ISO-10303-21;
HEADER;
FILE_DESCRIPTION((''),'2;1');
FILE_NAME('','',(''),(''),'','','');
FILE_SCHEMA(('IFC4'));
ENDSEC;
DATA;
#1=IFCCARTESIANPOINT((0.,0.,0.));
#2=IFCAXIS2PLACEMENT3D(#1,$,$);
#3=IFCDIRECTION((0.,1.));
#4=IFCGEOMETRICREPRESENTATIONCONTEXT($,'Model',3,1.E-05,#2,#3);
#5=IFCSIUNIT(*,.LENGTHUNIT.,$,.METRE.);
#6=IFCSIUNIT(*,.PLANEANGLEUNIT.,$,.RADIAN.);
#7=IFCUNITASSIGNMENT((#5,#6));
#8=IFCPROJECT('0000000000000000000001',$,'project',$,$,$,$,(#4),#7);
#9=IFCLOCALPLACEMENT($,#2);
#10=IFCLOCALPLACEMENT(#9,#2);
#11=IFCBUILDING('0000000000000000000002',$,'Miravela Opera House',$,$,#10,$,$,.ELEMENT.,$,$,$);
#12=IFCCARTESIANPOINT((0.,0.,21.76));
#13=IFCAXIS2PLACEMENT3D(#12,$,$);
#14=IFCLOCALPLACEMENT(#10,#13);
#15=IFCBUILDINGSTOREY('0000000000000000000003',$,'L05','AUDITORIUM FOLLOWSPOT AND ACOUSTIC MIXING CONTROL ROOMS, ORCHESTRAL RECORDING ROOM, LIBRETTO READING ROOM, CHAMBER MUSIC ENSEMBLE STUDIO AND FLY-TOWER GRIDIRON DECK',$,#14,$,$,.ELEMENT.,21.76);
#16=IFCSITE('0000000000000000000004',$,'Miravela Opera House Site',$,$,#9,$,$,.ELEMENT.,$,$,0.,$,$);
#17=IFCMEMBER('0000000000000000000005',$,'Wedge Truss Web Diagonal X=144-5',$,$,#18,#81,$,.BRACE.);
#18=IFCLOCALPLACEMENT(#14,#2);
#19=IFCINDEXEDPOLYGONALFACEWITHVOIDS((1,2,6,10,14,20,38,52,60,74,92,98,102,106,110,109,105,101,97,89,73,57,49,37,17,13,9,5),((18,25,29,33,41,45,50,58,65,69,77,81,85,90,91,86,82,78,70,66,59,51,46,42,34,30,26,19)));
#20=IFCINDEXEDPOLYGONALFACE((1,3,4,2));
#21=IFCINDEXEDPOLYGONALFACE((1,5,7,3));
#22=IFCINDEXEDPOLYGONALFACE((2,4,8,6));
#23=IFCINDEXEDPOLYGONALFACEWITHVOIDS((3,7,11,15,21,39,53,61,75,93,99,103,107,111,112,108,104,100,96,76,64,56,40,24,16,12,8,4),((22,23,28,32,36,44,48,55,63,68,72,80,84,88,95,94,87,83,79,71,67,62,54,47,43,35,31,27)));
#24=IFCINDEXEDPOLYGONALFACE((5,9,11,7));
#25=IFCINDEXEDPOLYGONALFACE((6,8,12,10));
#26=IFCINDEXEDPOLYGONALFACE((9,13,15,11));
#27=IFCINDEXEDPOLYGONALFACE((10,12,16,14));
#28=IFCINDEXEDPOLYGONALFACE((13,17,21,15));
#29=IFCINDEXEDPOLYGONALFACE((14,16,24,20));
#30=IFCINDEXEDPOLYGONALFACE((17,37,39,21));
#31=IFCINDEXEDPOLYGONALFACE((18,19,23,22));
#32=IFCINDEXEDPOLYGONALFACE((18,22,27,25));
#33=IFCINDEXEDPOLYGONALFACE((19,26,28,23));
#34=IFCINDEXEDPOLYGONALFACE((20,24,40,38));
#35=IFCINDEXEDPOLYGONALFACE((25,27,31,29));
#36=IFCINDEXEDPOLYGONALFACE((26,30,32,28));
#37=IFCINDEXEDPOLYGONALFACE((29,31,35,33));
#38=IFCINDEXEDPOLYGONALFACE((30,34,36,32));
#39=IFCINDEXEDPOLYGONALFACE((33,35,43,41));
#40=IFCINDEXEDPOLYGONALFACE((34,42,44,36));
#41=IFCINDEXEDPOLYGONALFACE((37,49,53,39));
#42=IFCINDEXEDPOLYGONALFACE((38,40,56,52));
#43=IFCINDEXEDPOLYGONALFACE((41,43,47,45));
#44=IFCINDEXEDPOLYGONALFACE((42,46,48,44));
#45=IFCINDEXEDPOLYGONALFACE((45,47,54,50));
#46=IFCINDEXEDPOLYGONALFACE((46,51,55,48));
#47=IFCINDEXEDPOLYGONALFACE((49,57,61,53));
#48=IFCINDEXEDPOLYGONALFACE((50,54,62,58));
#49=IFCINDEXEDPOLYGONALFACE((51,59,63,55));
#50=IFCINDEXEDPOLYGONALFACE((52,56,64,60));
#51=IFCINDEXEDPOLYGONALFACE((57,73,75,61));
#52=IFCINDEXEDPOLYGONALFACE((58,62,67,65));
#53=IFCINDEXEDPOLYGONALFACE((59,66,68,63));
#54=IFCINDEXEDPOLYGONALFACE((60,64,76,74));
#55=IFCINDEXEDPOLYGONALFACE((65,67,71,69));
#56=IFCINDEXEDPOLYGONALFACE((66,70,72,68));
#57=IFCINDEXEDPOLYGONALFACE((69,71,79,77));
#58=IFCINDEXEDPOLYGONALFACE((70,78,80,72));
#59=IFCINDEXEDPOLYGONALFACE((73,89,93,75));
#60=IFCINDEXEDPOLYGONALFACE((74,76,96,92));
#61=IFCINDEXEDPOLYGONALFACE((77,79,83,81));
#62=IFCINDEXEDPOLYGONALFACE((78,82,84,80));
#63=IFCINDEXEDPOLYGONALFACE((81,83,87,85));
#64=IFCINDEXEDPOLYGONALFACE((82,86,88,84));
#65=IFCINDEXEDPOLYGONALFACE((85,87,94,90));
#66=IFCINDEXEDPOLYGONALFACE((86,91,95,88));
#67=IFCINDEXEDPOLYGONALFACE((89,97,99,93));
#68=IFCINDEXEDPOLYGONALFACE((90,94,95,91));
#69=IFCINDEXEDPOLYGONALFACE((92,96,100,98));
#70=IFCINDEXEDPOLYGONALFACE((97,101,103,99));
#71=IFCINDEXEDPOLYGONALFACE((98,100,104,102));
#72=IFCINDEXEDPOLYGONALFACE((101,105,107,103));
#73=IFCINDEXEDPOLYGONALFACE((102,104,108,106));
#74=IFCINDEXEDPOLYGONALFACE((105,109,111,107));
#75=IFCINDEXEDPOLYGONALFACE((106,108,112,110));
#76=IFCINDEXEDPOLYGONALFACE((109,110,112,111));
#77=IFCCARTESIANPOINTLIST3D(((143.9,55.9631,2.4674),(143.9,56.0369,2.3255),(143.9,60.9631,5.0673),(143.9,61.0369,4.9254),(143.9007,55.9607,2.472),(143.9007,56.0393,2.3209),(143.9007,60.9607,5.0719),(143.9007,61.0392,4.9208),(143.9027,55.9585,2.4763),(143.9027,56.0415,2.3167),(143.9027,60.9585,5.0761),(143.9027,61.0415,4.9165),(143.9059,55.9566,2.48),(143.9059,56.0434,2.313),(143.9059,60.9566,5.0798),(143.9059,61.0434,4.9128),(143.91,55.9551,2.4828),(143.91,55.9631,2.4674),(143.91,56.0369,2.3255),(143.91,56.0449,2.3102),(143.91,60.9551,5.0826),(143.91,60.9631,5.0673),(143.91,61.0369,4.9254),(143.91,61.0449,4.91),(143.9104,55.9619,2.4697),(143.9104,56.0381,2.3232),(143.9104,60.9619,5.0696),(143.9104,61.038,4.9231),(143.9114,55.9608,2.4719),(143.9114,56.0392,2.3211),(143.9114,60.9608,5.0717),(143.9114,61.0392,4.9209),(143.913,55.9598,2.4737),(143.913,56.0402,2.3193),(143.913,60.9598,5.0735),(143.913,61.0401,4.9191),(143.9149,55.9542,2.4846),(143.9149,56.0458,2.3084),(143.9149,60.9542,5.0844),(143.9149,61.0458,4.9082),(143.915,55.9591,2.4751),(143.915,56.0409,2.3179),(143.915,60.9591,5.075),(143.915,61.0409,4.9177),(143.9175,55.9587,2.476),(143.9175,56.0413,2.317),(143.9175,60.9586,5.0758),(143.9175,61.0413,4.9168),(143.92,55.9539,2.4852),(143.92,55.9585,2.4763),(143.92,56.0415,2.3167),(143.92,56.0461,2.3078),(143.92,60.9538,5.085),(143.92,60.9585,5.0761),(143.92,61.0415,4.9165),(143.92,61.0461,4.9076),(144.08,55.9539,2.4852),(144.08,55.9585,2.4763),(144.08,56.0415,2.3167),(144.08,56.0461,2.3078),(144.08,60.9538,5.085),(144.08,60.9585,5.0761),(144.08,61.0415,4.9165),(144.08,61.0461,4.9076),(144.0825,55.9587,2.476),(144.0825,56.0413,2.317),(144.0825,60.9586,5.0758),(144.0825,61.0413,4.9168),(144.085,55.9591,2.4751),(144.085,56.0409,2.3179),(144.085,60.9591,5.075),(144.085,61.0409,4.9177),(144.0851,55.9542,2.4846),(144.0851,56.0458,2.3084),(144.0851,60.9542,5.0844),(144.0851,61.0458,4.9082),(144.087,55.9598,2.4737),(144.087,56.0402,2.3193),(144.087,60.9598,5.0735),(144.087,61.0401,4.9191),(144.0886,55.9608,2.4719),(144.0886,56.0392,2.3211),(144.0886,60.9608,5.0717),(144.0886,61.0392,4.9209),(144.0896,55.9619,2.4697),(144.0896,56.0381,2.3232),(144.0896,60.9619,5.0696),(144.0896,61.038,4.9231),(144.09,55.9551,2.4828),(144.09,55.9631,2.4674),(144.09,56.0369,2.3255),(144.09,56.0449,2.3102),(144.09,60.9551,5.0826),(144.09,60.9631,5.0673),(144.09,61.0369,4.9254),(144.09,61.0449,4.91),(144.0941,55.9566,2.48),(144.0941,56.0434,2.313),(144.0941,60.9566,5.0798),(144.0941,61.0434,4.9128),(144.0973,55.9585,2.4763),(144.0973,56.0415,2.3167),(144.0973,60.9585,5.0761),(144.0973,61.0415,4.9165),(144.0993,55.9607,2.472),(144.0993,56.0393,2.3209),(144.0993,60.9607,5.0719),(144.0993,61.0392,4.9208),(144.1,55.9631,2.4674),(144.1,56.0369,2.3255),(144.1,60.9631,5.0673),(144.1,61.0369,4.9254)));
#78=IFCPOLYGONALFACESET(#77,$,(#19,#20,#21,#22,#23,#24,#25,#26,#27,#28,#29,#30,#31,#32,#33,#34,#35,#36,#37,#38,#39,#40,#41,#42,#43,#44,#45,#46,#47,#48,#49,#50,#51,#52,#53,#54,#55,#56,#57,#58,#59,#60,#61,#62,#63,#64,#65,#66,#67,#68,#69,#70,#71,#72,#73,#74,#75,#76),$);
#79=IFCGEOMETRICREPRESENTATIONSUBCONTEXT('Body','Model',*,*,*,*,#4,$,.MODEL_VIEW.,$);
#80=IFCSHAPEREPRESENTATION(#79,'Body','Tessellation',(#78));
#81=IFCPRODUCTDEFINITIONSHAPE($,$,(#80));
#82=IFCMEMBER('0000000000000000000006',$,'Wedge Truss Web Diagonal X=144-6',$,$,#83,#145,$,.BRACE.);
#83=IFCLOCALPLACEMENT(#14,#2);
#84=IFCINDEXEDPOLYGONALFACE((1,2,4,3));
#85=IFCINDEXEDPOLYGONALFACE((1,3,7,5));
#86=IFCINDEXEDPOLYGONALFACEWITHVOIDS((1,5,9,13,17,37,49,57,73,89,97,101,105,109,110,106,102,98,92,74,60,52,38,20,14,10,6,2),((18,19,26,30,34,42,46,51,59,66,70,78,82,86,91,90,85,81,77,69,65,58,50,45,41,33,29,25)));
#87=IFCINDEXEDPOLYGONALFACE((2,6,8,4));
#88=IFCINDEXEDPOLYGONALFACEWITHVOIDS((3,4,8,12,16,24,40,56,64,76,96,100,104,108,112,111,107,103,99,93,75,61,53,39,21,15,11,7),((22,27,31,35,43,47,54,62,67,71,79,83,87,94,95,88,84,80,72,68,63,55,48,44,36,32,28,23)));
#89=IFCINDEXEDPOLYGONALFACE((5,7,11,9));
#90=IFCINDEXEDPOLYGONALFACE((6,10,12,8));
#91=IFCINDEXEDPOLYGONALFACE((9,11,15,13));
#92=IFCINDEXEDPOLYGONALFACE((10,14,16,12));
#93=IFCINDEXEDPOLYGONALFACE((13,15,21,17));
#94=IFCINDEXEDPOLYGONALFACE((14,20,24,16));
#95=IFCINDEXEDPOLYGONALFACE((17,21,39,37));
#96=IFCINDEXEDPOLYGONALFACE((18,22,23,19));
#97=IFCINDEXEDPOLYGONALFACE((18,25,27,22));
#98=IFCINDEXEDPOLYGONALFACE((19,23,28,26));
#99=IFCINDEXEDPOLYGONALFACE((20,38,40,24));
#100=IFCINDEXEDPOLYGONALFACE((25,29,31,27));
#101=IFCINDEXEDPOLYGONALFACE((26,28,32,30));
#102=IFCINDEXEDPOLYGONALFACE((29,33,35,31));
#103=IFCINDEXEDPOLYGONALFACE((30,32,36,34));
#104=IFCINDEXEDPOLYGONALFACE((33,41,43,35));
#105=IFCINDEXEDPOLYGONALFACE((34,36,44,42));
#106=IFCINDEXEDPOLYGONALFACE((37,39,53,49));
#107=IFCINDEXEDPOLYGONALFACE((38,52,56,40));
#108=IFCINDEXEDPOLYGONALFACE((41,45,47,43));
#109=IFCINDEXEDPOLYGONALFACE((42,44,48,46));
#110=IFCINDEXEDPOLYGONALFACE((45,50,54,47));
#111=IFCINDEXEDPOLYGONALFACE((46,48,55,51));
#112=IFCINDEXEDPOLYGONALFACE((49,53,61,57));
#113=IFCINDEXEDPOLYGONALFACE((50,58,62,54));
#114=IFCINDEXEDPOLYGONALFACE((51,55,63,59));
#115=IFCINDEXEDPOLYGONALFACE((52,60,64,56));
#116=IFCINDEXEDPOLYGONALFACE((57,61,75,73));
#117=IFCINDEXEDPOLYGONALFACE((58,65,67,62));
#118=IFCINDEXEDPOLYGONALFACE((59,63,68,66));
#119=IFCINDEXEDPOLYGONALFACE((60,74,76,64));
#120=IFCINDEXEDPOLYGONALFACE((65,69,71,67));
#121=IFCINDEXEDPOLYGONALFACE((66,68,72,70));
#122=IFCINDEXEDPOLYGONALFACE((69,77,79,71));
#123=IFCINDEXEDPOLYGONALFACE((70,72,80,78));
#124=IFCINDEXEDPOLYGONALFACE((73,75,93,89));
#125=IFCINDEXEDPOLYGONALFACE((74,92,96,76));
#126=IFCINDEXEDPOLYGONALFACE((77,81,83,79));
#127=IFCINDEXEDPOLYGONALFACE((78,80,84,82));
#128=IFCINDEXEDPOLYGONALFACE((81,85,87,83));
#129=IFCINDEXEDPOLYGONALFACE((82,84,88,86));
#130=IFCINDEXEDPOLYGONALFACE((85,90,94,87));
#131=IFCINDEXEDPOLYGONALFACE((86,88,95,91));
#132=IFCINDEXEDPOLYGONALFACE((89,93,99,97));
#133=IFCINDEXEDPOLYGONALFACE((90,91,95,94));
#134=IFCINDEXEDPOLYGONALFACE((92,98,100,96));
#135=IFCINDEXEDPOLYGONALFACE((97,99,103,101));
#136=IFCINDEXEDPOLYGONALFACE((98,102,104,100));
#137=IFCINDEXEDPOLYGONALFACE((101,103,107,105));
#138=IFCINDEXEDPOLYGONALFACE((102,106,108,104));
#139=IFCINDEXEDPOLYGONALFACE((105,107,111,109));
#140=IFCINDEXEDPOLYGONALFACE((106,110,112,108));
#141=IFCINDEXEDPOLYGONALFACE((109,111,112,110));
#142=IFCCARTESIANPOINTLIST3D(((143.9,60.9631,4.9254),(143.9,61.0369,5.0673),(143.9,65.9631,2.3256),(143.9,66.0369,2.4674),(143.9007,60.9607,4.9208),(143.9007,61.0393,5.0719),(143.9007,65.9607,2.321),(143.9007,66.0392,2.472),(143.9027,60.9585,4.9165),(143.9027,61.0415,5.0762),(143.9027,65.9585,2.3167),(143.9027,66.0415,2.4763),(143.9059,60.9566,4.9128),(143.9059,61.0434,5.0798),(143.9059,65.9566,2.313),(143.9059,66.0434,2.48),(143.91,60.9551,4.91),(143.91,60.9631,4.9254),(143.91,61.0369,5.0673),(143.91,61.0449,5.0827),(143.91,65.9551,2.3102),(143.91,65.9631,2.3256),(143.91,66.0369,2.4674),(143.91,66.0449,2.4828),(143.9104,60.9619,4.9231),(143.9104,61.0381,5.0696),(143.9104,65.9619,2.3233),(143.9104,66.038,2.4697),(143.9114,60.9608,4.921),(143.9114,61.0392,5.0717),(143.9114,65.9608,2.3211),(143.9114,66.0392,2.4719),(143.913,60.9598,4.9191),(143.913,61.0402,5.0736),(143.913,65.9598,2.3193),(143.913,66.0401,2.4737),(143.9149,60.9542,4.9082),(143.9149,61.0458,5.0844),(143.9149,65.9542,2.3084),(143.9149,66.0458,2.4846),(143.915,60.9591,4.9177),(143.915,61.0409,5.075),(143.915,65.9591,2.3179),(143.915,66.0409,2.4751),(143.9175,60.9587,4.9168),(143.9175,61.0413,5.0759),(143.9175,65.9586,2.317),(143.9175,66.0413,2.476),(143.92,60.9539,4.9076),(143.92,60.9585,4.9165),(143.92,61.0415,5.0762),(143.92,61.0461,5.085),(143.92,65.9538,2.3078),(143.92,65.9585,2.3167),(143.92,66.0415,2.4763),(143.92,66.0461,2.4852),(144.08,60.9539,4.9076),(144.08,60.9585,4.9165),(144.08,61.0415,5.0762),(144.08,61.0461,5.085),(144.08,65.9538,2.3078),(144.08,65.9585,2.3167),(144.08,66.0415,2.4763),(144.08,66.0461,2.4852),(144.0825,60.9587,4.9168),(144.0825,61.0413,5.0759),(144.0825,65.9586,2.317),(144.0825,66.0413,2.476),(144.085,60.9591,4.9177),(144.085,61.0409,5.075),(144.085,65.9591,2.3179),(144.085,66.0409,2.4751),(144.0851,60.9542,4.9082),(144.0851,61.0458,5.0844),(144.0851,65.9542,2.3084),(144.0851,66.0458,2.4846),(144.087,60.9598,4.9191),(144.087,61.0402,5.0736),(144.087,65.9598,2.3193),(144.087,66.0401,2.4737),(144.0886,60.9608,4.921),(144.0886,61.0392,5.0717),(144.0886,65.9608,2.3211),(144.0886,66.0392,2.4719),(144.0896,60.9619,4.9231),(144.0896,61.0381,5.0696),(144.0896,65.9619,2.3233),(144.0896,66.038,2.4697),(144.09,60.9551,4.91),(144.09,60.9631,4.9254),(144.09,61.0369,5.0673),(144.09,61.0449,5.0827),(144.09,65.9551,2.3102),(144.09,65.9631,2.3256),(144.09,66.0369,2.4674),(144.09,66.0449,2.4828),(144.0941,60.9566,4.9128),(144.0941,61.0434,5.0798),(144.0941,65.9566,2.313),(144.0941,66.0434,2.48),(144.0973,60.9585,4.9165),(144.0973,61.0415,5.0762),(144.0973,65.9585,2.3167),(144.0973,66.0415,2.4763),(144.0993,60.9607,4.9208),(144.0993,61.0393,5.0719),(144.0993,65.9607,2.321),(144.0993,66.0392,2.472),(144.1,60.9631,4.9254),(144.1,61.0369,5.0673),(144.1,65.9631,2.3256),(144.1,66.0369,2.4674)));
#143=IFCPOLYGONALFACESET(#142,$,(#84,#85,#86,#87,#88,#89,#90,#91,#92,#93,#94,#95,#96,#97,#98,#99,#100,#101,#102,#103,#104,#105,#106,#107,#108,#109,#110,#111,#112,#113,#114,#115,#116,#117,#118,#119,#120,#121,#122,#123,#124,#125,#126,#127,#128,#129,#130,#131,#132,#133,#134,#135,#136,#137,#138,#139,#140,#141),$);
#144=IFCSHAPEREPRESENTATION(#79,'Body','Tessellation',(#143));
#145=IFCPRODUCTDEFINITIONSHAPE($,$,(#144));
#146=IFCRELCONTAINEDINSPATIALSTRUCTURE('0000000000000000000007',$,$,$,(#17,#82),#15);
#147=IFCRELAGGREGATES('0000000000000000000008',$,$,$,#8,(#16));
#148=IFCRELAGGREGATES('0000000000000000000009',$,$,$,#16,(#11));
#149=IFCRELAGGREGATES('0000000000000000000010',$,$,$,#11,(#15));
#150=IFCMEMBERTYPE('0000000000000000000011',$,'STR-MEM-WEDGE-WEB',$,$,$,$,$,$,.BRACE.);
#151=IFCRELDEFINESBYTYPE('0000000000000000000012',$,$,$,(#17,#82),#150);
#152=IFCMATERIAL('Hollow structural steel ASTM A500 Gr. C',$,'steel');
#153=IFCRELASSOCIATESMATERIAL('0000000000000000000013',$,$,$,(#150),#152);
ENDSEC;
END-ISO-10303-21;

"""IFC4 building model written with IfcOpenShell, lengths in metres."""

from ifc_helpers import new_model, si_unit, direction, frame, origin, origin_2d, place, context, subcontext, project, spatial, hollow_rectangle, extrude, material, material_profile, profile_set, type_object, element, save


model = new_model("IFC4")

# Units and contexts
model_context = context("Model", 3, precision=1e-05, world=origin(), true_north=direction((0.0, 1.0)))
body_context = subcontext(model_context, "Body", "Model", "MODEL_VIEW")
ifc_project = project(units=[si_unit("LENGTHUNIT", "METRE"), si_unit("PLANEANGLEUNIT", "RADIAN")], contexts=[model_context])

# Site, building, storey
site_placement = place(None, origin())
site = spatial("IfcSite", under=ifc_project, at=site_placement, Name="Miravela Opera House Site", CompositionType="ELEMENT", RefElevation=0.0)
building_placement = place(site_placement, origin())
building = spatial("IfcBuilding", under=site, at=building_placement, Name="Miravela Opera House", CompositionType="ELEMENT")
storey_placement = place(building_placement, frame((0.0, 0.0, 21.76)))
storey = spatial("IfcBuildingStorey", under=building, at=storey_placement, Name="L05", Description="AUDITORIUM FOLLOWSPOT AND ACOUSTIC MIXING CONTROL ROOMS, ORCHESTRAL RECORDING ROOM, LIBRETTO READING ROOM, CHAMBER MUSIC ENSEMBLE STUDIO AND FLY-TOWER GRIDIRON DECK", CompositionType="ELEMENT", Elevation=21.76)

# Members
ifc_material_1 = material(Name="Hollow structural steel ASTM A500 Gr. C", Category="steel")
ifc_material_profile_1 = material_profile(ifc_material_1, hollow_rectangle(XDim=0.2, YDim=0.2, WallThickness=0.01, InnerFilletRadius=0.01, OuterFilletRadius=0.02, at=origin_2d()), Name="HSS200X200X10")
ifc_profile_set_1 = profile_set([ifc_material_profile_1])
member_type_1 = type_object("IfcMemberType", Name="STR-MEM-WEDGE-WEB", PredefinedType="BRACE", material=ifc_profile_set_1)
for number, where, z_axis, x_axis, name in (
    (1, (144.0, 56.0, 2.3965), (0.0, 0.887227, 0.461332), (-1.0, 0.0, 0.0), "Wedge Truss Web Diagonal X=144-5"),
    (2, (144.0, 61.0, 4.9963), (0.0, 0.887227, -0.461332), (-1.0, 0.0, 0.0), "Wedge Truss Web Diagonal X=144-6"),
):
    element("IfcMember", number, at=place(storey_placement, frame(where, z_axis=z_axis, x_axis=x_axis)), inside=storey, type_object=member_type_1, Name=name, PredefinedType="BRACE", context=body_context, shape_type="SweptSolid", body=[
        extrude(hollow_rectangle(XDim=0.2, YDim=0.2, WallThickness=0.01, InnerFilletRadius=0.01, OuterFilletRadius=0.02, at=origin_2d()), origin(), (0.0, 0.0, 1.0), 5.6355),
    ])

save(model, "model.ifc")
